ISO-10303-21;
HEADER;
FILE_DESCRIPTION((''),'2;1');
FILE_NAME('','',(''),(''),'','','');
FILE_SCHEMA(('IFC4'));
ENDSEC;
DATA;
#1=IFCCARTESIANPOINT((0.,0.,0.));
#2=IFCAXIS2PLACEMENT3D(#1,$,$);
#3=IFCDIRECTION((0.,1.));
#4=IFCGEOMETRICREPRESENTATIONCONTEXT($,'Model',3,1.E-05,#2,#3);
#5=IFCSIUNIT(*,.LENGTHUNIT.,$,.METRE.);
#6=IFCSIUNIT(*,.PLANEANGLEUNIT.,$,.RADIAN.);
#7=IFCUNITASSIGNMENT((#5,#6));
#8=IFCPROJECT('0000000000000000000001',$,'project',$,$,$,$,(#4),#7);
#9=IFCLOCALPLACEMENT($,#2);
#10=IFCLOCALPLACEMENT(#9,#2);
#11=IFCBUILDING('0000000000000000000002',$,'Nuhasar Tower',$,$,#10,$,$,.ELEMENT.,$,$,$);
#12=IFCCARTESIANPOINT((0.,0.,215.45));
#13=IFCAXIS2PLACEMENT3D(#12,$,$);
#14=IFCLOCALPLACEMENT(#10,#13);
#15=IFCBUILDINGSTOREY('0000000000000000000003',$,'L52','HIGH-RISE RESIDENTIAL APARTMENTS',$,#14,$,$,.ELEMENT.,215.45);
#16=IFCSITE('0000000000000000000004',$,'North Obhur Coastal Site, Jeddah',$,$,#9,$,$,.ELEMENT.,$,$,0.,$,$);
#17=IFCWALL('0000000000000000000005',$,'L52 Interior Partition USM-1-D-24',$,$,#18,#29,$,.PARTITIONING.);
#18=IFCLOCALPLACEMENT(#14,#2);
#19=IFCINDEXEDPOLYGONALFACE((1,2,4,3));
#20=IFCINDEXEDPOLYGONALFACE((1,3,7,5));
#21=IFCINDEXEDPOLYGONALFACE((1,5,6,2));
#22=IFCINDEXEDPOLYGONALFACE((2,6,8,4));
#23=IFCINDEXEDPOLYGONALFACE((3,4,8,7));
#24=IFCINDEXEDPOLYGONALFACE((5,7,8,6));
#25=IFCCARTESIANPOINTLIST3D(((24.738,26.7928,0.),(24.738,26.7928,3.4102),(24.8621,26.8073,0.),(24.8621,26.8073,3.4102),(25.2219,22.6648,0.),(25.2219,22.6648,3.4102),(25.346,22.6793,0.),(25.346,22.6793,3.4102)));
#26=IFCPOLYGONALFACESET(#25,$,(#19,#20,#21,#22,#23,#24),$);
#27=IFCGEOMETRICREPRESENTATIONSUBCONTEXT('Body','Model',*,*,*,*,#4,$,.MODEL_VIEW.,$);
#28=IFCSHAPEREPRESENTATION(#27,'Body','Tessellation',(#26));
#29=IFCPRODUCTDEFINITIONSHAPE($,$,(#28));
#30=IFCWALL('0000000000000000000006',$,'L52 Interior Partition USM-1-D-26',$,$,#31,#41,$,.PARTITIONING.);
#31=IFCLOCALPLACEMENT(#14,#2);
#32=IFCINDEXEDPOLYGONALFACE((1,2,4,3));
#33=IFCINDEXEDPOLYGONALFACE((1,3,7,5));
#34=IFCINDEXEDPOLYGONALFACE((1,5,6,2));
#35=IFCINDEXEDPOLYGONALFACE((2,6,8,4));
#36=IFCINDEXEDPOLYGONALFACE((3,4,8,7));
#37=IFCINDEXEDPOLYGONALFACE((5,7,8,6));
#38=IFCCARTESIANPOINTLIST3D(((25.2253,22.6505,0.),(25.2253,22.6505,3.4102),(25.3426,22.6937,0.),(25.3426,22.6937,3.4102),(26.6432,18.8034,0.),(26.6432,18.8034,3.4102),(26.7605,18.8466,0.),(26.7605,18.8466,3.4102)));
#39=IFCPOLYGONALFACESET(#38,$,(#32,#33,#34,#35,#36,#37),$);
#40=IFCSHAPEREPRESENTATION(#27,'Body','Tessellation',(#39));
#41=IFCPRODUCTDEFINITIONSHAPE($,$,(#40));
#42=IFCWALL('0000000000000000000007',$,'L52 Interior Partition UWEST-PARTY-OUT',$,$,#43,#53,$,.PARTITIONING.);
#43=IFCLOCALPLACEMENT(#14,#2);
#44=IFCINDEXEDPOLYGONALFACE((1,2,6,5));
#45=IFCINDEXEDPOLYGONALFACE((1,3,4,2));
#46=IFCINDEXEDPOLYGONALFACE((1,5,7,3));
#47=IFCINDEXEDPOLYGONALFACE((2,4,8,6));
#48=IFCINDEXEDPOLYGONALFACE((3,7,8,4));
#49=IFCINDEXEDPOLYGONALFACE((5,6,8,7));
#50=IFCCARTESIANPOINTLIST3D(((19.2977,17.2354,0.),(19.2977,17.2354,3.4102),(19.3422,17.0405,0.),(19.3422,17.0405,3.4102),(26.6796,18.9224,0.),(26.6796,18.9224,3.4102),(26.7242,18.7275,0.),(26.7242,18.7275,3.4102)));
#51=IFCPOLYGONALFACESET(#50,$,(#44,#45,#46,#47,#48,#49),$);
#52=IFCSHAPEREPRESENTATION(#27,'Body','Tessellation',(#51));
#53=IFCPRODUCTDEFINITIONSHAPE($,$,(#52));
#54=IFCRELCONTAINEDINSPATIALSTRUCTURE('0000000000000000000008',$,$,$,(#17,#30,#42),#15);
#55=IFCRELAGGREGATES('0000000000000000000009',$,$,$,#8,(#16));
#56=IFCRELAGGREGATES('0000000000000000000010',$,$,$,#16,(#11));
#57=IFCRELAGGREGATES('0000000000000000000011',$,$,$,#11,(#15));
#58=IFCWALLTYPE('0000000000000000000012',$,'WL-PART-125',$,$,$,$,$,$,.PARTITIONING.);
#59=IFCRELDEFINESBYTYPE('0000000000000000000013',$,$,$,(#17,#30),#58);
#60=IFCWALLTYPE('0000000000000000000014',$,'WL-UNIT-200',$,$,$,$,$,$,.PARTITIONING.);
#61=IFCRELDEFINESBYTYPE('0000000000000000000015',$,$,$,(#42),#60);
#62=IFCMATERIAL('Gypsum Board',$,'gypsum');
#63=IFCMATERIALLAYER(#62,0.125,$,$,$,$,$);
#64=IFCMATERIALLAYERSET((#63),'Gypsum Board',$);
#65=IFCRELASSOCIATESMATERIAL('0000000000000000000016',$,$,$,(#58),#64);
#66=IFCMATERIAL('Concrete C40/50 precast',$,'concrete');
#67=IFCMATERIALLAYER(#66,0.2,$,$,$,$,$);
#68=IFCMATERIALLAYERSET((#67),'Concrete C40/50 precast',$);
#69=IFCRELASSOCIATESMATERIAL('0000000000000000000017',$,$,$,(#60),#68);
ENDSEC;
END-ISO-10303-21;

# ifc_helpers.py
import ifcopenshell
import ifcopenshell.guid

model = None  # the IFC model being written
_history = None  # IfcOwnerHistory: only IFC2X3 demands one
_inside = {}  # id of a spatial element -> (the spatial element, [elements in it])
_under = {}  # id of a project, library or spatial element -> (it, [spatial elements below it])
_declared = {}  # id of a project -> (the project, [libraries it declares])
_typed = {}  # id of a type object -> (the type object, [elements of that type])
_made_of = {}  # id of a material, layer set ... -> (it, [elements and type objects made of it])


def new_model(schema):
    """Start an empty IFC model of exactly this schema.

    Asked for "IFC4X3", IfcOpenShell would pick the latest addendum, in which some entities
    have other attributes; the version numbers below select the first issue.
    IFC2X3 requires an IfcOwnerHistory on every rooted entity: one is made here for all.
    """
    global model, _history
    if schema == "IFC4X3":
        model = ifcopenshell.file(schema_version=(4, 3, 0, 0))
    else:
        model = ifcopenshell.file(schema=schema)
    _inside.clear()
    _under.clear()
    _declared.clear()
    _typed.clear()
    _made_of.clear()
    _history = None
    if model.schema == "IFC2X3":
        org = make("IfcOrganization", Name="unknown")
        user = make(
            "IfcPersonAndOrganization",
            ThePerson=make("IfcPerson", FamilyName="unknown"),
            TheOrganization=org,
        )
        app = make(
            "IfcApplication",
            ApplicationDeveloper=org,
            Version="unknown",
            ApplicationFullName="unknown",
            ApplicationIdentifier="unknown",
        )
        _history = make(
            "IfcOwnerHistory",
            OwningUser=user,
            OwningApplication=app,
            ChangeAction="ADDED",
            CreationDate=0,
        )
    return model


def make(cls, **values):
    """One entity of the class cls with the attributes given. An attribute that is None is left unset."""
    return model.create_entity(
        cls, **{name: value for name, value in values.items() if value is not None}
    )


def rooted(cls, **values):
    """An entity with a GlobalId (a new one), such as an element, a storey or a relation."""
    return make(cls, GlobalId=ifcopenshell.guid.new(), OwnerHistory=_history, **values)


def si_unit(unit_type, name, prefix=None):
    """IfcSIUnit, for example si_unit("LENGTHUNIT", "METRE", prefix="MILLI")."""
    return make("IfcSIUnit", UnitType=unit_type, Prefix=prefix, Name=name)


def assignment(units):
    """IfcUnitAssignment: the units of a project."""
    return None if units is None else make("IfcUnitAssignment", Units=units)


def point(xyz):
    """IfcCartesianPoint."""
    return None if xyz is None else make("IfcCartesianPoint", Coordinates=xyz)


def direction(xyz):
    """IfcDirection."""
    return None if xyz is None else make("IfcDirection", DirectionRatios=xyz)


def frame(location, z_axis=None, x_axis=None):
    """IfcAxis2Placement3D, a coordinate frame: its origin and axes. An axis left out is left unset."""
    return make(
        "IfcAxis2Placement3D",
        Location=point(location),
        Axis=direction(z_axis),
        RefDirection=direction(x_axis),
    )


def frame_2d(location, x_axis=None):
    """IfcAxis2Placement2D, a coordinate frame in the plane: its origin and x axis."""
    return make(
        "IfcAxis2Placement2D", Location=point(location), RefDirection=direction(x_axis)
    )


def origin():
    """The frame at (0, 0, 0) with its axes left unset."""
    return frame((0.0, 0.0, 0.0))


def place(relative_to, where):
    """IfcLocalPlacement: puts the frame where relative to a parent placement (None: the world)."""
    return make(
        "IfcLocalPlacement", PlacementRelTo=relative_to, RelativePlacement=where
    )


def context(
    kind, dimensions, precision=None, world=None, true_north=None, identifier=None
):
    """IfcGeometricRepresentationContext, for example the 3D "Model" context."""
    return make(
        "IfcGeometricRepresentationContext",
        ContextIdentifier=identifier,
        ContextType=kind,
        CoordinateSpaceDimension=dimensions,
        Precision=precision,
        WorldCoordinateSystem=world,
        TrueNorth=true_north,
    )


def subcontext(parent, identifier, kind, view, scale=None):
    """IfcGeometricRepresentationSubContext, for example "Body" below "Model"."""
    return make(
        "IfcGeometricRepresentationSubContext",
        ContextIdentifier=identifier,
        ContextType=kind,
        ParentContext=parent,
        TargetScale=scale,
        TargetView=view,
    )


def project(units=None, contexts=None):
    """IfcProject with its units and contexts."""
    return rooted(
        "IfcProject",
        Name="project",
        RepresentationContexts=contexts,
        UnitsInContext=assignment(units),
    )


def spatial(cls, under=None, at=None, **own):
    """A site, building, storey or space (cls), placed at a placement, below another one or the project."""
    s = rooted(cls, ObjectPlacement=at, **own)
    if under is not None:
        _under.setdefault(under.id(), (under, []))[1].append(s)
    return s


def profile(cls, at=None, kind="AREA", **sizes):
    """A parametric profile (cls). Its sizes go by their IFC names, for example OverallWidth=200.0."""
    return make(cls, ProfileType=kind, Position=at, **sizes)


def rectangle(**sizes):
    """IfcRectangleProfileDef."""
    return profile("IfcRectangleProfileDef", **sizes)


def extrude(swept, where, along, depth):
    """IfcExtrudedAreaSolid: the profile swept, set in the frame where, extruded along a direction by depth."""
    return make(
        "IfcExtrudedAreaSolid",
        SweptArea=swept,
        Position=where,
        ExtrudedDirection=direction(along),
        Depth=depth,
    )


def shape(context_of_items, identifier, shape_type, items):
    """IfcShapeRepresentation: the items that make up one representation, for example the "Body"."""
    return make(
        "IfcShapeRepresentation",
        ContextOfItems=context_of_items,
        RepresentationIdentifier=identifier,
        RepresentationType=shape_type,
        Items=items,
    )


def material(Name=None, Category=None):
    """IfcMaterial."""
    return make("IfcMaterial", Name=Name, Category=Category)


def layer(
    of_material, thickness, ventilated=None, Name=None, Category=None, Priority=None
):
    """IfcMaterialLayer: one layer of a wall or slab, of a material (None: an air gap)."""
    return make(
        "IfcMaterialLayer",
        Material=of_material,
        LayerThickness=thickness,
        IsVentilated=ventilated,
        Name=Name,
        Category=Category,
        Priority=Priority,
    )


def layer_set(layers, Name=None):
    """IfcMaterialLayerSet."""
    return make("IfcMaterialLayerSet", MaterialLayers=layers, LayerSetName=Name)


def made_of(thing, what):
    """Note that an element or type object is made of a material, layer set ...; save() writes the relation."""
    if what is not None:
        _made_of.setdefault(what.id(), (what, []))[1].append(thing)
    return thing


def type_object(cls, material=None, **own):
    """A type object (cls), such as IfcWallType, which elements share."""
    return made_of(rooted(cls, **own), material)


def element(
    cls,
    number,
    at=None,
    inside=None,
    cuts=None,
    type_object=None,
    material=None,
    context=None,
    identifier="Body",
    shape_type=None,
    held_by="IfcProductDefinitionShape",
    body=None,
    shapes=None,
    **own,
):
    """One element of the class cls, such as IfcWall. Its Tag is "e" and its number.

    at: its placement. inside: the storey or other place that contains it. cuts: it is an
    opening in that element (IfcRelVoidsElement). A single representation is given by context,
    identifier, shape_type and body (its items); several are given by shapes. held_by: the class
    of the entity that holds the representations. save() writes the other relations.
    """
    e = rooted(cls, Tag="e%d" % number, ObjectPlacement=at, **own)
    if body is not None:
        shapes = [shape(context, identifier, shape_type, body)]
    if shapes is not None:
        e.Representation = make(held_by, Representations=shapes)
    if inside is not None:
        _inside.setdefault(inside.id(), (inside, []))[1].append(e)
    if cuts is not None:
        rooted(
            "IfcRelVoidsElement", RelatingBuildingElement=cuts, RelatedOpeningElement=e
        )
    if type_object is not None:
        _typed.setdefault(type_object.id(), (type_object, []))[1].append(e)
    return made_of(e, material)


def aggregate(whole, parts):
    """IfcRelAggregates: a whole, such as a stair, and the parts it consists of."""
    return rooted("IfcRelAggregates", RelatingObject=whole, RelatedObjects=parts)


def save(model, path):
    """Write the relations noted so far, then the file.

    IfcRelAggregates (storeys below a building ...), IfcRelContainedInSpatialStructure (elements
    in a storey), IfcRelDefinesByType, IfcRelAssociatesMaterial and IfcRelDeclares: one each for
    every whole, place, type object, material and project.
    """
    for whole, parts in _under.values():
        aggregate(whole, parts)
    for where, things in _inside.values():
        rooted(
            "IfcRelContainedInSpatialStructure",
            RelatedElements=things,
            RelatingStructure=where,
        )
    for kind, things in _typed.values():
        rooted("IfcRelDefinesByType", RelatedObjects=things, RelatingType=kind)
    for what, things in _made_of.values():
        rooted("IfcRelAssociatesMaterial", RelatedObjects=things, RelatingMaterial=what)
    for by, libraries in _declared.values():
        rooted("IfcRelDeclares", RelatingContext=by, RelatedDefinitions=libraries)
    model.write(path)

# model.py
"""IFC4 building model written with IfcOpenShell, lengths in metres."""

from ifc_helpers import new_model, si_unit, direction, frame, frame_2d, origin, place, context, subcontext, project, spatial, rectangle, extrude, material, layer, layer_set, type_object, element, save


model = new_model("IFC4")

# Units and contexts
model_context = context("Model", 3, precision=1e-05, world=origin(), true_north=direction((0.0, 1.0)))
body_context = subcontext(model_context, "Body", "Model", "MODEL_VIEW")
ifc_project = project(units=[si_unit("LENGTHUNIT", "METRE"), si_unit("PLANEANGLEUNIT", "RADIAN")], contexts=[model_context])

# Site, building, storey
site_placement = place(None, origin())
site = spatial("IfcSite", under=ifc_project, at=site_placement, Name="North Obhur Coastal Site, Jeddah", CompositionType="ELEMENT", RefElevation=0.0)
building_placement = place(site_placement, origin())
building = spatial("IfcBuilding", under=site, at=building_placement, Name="Nuhasar Tower", CompositionType="ELEMENT")
storey_placement = place(building_placement, frame((0.0, 0.0, 215.45)))
storey = spatial("IfcBuildingStorey", under=building, at=storey_placement, Name="L52", Description="HIGH-RISE RESIDENTIAL APARTMENTS", CompositionType="ELEMENT", Elevation=215.45)

# Shared definitions
ifc_material_1 = material(Name="Gypsum Board", Category="gypsum")

# Walls
ifc_layer_1 = layer(ifc_material_1, 0.125)
ifc_layer_set_1 = layer_set([ifc_layer_1], Name="Gypsum Board")
wall_type_1 = type_object("IfcWallType", Name="WL-PART-125", PredefinedType="PARTITIONING", material=ifc_layer_set_1)
wall_1_placement = place(storey_placement, frame((24.8, 26.8, 0.0), z_axis=(0.0, 0.0, 1.0), x_axis=(0.116425, -0.993199, 0.0)))
element("IfcWall", 1, at=wall_1_placement, inside=storey, type_object=wall_type_1, Name="L52 Interior Partition USM-1-D-24", PredefinedType="PARTITIONING", context=body_context, shape_type="SweptSolid", body=[
    extrude(rectangle(XDim=4.1562, YDim=0.125, at=frame_2d((2.0781, 0.0))), origin(), (0.0, 0.0, 1.0), 3.4102),
])
wall_2_placement = place(storey_placement, frame((25.2839, 22.6721, 0.0), z_axis=(0.0, 0.0, 1.0), x_axis=(0.345832, -0.938296, 0.0)))
element("IfcWall", 2, at=wall_2_placement, inside=storey, type_object=wall_type_1, Name="L52 Interior Partition USM-1-D-26", PredefinedType="PARTITIONING", context=body_context, shape_type="SweptSolid", body=[
    extrude(rectangle(XDim=4.1001, YDim=0.125, at=frame_2d((2.05, 0.0))), origin(), (0.0, 0.0, 1.0), 3.4102),
])
ifc_material_2 = material(Name="Concrete C40/50 precast", Category="concrete")
ifc_layer_2 = layer(ifc_material_2, 0.2)
ifc_layer_set_2 = layer_set([ifc_layer_2], Name="Concrete C40/50 precast")
wall_type_2 = type_object("IfcWallType", Name="WL-UNIT-200", PredefinedType="PARTITIONING", material=ifc_layer_set_2)
wall_3_placement = place(storey_placement, frame((26.7019, 18.825, 0.0), z_axis=(0.0, 0.0, 1.0), x_axis=(-0.974866, -0.222792, 0.0)))
element("IfcWall", 3, at=wall_3_placement, inside=storey, type_object=wall_type_2, Name="L52 Interior Partition UWEST-PARTY-OUT", PredefinedType="PARTITIONING", context=body_context, shape_type="SweptSolid", body=[
    extrude(rectangle(XDim=7.5723, YDim=0.2, at=frame_2d((3.7861, 0.0))), origin(), (0.0, 0.0, 1.0), 3.4102),
])

save(model, "model.ifc")
